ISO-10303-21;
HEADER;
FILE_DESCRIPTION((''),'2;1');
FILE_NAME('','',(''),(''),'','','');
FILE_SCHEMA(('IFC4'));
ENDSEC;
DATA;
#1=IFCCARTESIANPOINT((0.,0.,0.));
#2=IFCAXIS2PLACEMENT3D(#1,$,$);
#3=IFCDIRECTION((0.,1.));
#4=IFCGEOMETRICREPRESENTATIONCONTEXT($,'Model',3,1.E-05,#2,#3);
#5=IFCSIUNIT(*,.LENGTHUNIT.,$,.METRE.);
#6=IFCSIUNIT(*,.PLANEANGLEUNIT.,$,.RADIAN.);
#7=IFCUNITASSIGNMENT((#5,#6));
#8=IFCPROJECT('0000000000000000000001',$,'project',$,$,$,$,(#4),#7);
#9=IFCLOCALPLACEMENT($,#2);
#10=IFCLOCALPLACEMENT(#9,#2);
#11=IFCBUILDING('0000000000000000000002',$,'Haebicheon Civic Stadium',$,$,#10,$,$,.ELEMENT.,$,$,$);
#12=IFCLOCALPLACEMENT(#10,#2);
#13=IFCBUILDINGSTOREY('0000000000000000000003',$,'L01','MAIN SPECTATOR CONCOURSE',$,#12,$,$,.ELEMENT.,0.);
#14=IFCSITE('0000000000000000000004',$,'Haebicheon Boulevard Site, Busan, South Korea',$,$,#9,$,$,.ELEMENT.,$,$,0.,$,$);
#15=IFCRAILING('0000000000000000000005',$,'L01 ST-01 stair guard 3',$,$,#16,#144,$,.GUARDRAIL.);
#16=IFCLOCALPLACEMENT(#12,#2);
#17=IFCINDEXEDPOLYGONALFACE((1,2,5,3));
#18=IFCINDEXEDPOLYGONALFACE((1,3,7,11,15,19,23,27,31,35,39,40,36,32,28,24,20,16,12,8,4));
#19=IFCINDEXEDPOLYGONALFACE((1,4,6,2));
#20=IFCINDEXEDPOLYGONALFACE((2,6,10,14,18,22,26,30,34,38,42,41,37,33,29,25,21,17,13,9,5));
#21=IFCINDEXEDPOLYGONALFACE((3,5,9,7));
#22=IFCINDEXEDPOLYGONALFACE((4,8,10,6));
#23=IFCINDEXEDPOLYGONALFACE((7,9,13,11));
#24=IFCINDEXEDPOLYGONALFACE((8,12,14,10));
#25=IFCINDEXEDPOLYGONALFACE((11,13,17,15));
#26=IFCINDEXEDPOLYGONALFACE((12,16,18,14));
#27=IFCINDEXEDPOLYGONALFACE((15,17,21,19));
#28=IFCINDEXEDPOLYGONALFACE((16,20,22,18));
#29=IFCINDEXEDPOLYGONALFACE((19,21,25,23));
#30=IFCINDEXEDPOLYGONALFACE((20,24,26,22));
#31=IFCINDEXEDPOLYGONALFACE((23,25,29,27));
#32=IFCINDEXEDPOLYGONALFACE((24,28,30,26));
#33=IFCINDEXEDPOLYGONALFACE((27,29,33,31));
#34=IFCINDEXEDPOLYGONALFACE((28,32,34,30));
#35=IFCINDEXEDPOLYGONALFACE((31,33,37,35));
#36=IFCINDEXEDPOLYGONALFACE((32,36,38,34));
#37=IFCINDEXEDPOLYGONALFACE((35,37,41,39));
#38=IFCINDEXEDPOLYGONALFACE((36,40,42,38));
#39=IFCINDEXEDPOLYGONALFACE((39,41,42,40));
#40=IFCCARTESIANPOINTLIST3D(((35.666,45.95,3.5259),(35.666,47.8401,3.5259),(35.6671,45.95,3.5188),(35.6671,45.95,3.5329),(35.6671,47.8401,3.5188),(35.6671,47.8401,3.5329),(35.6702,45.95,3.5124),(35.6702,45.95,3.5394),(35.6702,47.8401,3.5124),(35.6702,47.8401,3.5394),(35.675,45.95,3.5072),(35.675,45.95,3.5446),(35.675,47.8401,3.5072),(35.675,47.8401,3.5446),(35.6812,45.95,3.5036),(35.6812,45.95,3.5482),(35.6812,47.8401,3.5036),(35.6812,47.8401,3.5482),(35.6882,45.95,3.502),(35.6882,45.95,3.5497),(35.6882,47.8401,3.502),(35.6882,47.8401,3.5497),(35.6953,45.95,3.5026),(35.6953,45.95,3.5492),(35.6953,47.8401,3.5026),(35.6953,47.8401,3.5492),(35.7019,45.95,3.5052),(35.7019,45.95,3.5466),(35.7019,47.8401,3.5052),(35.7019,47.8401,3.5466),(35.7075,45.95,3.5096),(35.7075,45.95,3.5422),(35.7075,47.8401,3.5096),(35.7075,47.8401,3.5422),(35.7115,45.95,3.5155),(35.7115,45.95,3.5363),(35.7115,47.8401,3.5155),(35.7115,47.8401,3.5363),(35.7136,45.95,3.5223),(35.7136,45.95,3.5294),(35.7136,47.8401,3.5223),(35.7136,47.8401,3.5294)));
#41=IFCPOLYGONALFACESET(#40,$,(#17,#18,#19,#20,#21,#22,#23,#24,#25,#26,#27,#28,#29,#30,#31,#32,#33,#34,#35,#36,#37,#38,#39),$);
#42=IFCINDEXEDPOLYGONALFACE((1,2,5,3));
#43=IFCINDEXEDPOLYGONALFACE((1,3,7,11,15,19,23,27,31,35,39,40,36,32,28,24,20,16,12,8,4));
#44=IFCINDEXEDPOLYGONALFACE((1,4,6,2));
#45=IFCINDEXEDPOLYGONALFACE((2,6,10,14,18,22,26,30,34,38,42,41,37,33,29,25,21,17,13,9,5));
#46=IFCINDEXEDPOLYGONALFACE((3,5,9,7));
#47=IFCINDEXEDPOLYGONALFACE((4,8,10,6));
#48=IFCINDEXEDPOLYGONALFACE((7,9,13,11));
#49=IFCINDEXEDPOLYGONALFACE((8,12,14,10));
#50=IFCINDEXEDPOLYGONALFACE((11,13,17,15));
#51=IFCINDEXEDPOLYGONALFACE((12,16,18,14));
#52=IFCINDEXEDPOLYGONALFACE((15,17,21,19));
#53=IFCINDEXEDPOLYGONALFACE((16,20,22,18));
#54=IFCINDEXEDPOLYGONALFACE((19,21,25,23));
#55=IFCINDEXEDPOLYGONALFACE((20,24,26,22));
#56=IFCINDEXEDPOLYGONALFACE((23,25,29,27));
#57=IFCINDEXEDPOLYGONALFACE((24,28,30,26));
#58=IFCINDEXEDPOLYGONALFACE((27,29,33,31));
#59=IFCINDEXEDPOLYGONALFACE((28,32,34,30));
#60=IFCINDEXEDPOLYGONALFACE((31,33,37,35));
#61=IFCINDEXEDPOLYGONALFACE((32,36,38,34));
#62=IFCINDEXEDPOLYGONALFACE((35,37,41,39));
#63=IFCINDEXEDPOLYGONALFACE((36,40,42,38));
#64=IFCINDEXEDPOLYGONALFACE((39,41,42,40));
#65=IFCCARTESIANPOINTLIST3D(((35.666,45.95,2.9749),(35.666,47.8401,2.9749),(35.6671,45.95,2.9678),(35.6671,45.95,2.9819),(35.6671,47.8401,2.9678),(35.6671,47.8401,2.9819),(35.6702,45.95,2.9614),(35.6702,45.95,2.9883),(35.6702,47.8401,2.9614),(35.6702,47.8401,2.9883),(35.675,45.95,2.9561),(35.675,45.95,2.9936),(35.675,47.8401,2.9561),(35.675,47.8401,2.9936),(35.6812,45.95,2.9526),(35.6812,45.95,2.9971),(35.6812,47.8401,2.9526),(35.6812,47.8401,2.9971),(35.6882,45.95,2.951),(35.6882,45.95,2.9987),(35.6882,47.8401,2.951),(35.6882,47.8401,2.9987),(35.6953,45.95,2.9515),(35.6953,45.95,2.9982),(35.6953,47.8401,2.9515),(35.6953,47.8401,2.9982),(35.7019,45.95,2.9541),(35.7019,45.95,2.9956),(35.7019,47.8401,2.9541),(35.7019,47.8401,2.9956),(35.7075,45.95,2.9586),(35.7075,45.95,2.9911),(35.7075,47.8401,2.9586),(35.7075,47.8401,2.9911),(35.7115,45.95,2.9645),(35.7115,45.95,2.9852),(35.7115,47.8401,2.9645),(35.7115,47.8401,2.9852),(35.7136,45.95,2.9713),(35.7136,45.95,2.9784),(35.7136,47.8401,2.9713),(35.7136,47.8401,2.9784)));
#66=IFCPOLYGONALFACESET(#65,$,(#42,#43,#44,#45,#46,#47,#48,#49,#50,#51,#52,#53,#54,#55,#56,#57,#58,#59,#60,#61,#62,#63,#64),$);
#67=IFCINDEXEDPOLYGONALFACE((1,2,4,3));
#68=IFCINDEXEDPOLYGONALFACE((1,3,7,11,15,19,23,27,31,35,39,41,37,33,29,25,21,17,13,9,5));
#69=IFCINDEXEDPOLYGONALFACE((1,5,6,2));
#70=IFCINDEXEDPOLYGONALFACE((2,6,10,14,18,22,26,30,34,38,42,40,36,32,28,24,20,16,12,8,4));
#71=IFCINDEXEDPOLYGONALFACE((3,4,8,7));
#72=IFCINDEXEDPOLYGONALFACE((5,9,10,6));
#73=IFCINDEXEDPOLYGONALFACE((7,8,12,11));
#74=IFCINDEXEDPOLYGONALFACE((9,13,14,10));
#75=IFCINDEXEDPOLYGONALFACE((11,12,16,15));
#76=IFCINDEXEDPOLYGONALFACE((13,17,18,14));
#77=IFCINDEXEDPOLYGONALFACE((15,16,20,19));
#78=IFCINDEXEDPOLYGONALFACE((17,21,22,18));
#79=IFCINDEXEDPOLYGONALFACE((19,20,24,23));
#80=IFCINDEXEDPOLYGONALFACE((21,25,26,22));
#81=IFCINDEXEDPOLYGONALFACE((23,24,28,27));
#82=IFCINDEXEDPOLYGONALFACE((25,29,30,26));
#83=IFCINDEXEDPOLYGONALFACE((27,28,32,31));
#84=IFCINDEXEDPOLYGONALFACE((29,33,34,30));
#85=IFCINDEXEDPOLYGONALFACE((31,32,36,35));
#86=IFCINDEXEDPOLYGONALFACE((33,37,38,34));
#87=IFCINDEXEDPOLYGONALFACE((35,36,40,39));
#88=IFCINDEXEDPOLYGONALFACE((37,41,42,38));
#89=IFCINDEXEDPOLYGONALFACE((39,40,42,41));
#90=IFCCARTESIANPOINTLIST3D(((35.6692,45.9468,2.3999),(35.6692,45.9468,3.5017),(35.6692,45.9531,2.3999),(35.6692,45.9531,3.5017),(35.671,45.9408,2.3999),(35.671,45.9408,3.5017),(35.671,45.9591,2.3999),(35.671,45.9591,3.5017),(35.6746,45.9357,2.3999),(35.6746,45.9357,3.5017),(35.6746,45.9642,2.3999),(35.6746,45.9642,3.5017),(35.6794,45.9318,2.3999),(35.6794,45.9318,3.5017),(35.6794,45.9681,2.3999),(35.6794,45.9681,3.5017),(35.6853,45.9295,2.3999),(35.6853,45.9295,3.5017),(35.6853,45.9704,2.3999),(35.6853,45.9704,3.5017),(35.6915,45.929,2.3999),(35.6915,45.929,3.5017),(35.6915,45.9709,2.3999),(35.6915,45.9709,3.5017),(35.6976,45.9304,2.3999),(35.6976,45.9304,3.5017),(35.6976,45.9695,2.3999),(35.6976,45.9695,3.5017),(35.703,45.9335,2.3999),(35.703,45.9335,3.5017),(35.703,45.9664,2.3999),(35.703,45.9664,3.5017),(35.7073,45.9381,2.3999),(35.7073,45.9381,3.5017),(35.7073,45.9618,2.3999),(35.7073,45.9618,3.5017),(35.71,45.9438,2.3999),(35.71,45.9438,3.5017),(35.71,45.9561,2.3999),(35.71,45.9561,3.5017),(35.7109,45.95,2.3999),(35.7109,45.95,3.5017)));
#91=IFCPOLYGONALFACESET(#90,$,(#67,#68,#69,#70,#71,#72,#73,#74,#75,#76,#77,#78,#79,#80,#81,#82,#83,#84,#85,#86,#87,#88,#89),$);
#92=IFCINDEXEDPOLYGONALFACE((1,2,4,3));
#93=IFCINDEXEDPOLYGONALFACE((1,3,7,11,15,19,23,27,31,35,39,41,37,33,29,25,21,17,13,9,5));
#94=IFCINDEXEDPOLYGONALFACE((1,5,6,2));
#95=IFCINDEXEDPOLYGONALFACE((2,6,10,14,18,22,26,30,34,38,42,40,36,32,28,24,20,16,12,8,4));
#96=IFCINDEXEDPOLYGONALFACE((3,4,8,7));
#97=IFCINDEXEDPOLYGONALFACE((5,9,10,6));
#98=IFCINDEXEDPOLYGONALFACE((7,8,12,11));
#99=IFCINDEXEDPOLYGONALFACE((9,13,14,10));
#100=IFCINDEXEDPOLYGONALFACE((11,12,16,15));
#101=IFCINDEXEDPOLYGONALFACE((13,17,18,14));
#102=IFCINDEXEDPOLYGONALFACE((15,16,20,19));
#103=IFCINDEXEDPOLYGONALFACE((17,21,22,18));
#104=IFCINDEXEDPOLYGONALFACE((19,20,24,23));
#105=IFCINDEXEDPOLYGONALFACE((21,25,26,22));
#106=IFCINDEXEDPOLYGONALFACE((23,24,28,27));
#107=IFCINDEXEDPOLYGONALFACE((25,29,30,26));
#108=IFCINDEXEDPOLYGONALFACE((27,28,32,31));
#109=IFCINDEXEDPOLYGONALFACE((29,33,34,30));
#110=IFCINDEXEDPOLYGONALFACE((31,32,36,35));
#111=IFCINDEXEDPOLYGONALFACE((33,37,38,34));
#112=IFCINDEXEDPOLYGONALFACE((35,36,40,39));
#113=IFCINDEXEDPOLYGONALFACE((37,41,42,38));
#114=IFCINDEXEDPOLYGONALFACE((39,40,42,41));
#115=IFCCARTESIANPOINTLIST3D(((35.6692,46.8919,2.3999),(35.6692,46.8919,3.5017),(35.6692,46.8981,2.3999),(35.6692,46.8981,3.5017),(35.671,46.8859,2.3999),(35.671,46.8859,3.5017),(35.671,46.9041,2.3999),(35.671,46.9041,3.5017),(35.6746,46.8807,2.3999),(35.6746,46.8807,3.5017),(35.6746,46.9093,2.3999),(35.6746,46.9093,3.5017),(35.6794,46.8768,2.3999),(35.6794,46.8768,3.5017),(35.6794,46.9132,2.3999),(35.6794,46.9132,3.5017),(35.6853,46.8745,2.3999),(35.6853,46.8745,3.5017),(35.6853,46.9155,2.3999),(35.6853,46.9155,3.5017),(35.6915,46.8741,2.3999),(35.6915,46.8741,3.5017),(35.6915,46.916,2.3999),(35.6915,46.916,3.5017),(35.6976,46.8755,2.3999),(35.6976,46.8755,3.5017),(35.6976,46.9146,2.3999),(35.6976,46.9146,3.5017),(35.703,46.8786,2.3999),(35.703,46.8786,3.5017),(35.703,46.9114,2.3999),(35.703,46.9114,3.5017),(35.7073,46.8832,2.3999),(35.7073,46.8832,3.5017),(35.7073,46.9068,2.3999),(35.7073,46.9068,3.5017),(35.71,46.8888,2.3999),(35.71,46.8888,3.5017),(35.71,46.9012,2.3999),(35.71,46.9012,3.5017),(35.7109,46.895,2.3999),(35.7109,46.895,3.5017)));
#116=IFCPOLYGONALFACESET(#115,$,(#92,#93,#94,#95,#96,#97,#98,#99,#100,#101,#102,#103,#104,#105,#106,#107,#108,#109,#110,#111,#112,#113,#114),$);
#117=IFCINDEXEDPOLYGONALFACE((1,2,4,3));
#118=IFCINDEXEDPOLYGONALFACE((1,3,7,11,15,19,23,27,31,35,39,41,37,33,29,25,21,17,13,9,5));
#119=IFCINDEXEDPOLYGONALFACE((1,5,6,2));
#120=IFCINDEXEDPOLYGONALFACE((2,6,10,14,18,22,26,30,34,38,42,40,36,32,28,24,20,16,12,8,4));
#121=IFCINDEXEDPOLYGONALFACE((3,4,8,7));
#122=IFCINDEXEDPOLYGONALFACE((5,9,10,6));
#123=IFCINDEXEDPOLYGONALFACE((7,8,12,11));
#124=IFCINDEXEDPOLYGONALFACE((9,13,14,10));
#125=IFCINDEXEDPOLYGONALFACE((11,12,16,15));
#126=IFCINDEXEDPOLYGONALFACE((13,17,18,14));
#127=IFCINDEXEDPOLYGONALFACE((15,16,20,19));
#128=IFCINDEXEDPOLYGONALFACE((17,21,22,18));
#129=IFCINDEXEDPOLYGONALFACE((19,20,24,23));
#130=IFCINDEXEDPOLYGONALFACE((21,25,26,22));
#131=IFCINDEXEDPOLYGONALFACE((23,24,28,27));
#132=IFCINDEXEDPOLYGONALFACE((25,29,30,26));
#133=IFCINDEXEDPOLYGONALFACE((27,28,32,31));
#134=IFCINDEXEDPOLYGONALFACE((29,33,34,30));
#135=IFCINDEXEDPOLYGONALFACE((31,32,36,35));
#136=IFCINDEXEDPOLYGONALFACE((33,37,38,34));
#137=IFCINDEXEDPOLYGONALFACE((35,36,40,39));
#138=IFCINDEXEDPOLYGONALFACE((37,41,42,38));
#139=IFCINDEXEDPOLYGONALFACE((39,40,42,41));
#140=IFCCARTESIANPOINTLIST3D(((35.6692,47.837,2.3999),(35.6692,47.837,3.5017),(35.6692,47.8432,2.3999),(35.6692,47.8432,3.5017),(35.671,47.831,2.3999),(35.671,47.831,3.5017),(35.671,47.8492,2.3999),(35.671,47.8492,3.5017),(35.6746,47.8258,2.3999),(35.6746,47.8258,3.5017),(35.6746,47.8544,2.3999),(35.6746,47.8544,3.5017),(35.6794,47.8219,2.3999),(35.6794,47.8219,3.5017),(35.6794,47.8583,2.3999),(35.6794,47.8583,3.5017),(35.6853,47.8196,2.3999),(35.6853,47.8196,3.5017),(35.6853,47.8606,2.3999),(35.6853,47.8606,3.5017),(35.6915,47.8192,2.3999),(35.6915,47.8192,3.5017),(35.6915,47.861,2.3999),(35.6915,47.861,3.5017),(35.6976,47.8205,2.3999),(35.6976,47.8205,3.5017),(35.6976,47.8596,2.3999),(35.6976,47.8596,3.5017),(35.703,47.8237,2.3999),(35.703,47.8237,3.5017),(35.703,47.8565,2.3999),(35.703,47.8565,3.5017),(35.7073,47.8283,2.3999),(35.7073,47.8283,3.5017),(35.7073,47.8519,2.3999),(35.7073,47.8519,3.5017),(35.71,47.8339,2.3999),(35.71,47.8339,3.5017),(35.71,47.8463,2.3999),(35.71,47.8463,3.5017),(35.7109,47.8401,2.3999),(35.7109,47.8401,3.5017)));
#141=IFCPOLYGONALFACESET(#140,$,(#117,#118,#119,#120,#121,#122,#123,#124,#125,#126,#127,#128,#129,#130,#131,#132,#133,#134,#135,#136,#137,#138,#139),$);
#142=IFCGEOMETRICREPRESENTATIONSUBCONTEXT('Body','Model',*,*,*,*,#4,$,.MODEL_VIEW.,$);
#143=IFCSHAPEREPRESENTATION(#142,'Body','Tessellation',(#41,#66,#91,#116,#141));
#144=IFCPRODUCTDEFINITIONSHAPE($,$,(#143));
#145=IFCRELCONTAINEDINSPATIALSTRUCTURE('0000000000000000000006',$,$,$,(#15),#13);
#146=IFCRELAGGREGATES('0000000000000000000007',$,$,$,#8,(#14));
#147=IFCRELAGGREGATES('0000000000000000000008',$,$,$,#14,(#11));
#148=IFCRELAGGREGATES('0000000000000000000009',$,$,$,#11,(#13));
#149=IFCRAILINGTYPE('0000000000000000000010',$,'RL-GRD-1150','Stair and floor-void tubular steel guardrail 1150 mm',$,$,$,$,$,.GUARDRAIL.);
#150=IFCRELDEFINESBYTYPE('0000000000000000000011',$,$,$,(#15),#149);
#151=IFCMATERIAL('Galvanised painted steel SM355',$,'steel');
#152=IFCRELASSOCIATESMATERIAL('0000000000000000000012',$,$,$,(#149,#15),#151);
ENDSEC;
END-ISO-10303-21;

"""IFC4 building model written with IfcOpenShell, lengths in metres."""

from ifc_helpers import new_model, si_unit, direction, frame, origin, origin_2d, place, context, subcontext, project, spatial, circle, extrude, material, type_object, element, save


model = new_model("IFC4")

# Units and contexts
model_context = context("Model", 3, precision=1e-05, world=origin(), true_north=direction((0.0, 1.0)))
body_context = subcontext(model_context, "Body", "Model", "MODEL_VIEW")
ifc_project = project(units=[si_unit("LENGTHUNIT", "METRE"), si_unit("PLANEANGLEUNIT", "RADIAN")], contexts=[model_context])

# Site, building, storey
site_placement = place(None, origin())
site = spatial("IfcSite", under=ifc_project, at=site_placement, Name="Haebicheon Boulevard Site, Busan, South Korea", CompositionType="ELEMENT", RefElevation=0.0)
building_placement = place(site_placement, origin())
building = spatial("IfcBuilding", under=site, at=building_placement, Name="Haebicheon Civic Stadium", CompositionType="ELEMENT")
storey_placement = place(building_placement, origin())
storey = spatial("IfcBuildingStorey", under=building, at=storey_placement, Name="L01", Description="MAIN SPECTATOR CONCOURSE", CompositionType="ELEMENT", Elevation=0.0)

# Railing
ifc_material_1 = material(Name="Galvanised painted steel SM355", Category="steel")
railing_type_1 = type_object("IfcRailingType", Name="RL-GRD-1150", Description="Stair and floor-void tubular steel guardrail 1150 mm", PredefinedType="GUARDRAIL", material=ifc_material_1)
railing_1_placement = place(storey_placement, frame((35.6899, 45.95, 2.3999)))
element("IfcRailing", 1, at=railing_1_placement, inside=storey, type_object=railing_type_1, material=ifc_material_1, Name="L01 ST-01 stair guard 3", PredefinedType="GUARDRAIL", context=body_context, shape_type="SweptSolid", body=[
    extrude(circle(Radius=0.0239, at=origin_2d()), frame((0.0, 0.0, 1.126), z_axis=(0.0, 1.0, 0.0), x_axis=(-1.0, 0.0, 0.0)), (0.0, 0.0, 1.0), 1.8901),
    extrude(circle(Radius=0.0239, at=origin_2d()), frame((0.0, 0.0, 0.575), z_axis=(0.0, 1.0, 0.0), x_axis=(-1.0, 0.0, 0.0)), (0.0, 0.0, 1.0), 1.8901),
    extrude(circle(Radius=0.021, at=origin_2d()), origin(), (0.0, 0.0, 1.0), 1.1018),
    extrude(circle(Radius=0.021, at=origin_2d()), frame((0.0, 0.9451, 0.0)), (0.0, 0.0, 1.0), 1.1018),
    extrude(circle(Radius=0.021, at=origin_2d()), frame((0.0, 1.8901, 0.0)), (0.0, 0.0, 1.0), 1.1018),
])

save(model, "model.ifc")
